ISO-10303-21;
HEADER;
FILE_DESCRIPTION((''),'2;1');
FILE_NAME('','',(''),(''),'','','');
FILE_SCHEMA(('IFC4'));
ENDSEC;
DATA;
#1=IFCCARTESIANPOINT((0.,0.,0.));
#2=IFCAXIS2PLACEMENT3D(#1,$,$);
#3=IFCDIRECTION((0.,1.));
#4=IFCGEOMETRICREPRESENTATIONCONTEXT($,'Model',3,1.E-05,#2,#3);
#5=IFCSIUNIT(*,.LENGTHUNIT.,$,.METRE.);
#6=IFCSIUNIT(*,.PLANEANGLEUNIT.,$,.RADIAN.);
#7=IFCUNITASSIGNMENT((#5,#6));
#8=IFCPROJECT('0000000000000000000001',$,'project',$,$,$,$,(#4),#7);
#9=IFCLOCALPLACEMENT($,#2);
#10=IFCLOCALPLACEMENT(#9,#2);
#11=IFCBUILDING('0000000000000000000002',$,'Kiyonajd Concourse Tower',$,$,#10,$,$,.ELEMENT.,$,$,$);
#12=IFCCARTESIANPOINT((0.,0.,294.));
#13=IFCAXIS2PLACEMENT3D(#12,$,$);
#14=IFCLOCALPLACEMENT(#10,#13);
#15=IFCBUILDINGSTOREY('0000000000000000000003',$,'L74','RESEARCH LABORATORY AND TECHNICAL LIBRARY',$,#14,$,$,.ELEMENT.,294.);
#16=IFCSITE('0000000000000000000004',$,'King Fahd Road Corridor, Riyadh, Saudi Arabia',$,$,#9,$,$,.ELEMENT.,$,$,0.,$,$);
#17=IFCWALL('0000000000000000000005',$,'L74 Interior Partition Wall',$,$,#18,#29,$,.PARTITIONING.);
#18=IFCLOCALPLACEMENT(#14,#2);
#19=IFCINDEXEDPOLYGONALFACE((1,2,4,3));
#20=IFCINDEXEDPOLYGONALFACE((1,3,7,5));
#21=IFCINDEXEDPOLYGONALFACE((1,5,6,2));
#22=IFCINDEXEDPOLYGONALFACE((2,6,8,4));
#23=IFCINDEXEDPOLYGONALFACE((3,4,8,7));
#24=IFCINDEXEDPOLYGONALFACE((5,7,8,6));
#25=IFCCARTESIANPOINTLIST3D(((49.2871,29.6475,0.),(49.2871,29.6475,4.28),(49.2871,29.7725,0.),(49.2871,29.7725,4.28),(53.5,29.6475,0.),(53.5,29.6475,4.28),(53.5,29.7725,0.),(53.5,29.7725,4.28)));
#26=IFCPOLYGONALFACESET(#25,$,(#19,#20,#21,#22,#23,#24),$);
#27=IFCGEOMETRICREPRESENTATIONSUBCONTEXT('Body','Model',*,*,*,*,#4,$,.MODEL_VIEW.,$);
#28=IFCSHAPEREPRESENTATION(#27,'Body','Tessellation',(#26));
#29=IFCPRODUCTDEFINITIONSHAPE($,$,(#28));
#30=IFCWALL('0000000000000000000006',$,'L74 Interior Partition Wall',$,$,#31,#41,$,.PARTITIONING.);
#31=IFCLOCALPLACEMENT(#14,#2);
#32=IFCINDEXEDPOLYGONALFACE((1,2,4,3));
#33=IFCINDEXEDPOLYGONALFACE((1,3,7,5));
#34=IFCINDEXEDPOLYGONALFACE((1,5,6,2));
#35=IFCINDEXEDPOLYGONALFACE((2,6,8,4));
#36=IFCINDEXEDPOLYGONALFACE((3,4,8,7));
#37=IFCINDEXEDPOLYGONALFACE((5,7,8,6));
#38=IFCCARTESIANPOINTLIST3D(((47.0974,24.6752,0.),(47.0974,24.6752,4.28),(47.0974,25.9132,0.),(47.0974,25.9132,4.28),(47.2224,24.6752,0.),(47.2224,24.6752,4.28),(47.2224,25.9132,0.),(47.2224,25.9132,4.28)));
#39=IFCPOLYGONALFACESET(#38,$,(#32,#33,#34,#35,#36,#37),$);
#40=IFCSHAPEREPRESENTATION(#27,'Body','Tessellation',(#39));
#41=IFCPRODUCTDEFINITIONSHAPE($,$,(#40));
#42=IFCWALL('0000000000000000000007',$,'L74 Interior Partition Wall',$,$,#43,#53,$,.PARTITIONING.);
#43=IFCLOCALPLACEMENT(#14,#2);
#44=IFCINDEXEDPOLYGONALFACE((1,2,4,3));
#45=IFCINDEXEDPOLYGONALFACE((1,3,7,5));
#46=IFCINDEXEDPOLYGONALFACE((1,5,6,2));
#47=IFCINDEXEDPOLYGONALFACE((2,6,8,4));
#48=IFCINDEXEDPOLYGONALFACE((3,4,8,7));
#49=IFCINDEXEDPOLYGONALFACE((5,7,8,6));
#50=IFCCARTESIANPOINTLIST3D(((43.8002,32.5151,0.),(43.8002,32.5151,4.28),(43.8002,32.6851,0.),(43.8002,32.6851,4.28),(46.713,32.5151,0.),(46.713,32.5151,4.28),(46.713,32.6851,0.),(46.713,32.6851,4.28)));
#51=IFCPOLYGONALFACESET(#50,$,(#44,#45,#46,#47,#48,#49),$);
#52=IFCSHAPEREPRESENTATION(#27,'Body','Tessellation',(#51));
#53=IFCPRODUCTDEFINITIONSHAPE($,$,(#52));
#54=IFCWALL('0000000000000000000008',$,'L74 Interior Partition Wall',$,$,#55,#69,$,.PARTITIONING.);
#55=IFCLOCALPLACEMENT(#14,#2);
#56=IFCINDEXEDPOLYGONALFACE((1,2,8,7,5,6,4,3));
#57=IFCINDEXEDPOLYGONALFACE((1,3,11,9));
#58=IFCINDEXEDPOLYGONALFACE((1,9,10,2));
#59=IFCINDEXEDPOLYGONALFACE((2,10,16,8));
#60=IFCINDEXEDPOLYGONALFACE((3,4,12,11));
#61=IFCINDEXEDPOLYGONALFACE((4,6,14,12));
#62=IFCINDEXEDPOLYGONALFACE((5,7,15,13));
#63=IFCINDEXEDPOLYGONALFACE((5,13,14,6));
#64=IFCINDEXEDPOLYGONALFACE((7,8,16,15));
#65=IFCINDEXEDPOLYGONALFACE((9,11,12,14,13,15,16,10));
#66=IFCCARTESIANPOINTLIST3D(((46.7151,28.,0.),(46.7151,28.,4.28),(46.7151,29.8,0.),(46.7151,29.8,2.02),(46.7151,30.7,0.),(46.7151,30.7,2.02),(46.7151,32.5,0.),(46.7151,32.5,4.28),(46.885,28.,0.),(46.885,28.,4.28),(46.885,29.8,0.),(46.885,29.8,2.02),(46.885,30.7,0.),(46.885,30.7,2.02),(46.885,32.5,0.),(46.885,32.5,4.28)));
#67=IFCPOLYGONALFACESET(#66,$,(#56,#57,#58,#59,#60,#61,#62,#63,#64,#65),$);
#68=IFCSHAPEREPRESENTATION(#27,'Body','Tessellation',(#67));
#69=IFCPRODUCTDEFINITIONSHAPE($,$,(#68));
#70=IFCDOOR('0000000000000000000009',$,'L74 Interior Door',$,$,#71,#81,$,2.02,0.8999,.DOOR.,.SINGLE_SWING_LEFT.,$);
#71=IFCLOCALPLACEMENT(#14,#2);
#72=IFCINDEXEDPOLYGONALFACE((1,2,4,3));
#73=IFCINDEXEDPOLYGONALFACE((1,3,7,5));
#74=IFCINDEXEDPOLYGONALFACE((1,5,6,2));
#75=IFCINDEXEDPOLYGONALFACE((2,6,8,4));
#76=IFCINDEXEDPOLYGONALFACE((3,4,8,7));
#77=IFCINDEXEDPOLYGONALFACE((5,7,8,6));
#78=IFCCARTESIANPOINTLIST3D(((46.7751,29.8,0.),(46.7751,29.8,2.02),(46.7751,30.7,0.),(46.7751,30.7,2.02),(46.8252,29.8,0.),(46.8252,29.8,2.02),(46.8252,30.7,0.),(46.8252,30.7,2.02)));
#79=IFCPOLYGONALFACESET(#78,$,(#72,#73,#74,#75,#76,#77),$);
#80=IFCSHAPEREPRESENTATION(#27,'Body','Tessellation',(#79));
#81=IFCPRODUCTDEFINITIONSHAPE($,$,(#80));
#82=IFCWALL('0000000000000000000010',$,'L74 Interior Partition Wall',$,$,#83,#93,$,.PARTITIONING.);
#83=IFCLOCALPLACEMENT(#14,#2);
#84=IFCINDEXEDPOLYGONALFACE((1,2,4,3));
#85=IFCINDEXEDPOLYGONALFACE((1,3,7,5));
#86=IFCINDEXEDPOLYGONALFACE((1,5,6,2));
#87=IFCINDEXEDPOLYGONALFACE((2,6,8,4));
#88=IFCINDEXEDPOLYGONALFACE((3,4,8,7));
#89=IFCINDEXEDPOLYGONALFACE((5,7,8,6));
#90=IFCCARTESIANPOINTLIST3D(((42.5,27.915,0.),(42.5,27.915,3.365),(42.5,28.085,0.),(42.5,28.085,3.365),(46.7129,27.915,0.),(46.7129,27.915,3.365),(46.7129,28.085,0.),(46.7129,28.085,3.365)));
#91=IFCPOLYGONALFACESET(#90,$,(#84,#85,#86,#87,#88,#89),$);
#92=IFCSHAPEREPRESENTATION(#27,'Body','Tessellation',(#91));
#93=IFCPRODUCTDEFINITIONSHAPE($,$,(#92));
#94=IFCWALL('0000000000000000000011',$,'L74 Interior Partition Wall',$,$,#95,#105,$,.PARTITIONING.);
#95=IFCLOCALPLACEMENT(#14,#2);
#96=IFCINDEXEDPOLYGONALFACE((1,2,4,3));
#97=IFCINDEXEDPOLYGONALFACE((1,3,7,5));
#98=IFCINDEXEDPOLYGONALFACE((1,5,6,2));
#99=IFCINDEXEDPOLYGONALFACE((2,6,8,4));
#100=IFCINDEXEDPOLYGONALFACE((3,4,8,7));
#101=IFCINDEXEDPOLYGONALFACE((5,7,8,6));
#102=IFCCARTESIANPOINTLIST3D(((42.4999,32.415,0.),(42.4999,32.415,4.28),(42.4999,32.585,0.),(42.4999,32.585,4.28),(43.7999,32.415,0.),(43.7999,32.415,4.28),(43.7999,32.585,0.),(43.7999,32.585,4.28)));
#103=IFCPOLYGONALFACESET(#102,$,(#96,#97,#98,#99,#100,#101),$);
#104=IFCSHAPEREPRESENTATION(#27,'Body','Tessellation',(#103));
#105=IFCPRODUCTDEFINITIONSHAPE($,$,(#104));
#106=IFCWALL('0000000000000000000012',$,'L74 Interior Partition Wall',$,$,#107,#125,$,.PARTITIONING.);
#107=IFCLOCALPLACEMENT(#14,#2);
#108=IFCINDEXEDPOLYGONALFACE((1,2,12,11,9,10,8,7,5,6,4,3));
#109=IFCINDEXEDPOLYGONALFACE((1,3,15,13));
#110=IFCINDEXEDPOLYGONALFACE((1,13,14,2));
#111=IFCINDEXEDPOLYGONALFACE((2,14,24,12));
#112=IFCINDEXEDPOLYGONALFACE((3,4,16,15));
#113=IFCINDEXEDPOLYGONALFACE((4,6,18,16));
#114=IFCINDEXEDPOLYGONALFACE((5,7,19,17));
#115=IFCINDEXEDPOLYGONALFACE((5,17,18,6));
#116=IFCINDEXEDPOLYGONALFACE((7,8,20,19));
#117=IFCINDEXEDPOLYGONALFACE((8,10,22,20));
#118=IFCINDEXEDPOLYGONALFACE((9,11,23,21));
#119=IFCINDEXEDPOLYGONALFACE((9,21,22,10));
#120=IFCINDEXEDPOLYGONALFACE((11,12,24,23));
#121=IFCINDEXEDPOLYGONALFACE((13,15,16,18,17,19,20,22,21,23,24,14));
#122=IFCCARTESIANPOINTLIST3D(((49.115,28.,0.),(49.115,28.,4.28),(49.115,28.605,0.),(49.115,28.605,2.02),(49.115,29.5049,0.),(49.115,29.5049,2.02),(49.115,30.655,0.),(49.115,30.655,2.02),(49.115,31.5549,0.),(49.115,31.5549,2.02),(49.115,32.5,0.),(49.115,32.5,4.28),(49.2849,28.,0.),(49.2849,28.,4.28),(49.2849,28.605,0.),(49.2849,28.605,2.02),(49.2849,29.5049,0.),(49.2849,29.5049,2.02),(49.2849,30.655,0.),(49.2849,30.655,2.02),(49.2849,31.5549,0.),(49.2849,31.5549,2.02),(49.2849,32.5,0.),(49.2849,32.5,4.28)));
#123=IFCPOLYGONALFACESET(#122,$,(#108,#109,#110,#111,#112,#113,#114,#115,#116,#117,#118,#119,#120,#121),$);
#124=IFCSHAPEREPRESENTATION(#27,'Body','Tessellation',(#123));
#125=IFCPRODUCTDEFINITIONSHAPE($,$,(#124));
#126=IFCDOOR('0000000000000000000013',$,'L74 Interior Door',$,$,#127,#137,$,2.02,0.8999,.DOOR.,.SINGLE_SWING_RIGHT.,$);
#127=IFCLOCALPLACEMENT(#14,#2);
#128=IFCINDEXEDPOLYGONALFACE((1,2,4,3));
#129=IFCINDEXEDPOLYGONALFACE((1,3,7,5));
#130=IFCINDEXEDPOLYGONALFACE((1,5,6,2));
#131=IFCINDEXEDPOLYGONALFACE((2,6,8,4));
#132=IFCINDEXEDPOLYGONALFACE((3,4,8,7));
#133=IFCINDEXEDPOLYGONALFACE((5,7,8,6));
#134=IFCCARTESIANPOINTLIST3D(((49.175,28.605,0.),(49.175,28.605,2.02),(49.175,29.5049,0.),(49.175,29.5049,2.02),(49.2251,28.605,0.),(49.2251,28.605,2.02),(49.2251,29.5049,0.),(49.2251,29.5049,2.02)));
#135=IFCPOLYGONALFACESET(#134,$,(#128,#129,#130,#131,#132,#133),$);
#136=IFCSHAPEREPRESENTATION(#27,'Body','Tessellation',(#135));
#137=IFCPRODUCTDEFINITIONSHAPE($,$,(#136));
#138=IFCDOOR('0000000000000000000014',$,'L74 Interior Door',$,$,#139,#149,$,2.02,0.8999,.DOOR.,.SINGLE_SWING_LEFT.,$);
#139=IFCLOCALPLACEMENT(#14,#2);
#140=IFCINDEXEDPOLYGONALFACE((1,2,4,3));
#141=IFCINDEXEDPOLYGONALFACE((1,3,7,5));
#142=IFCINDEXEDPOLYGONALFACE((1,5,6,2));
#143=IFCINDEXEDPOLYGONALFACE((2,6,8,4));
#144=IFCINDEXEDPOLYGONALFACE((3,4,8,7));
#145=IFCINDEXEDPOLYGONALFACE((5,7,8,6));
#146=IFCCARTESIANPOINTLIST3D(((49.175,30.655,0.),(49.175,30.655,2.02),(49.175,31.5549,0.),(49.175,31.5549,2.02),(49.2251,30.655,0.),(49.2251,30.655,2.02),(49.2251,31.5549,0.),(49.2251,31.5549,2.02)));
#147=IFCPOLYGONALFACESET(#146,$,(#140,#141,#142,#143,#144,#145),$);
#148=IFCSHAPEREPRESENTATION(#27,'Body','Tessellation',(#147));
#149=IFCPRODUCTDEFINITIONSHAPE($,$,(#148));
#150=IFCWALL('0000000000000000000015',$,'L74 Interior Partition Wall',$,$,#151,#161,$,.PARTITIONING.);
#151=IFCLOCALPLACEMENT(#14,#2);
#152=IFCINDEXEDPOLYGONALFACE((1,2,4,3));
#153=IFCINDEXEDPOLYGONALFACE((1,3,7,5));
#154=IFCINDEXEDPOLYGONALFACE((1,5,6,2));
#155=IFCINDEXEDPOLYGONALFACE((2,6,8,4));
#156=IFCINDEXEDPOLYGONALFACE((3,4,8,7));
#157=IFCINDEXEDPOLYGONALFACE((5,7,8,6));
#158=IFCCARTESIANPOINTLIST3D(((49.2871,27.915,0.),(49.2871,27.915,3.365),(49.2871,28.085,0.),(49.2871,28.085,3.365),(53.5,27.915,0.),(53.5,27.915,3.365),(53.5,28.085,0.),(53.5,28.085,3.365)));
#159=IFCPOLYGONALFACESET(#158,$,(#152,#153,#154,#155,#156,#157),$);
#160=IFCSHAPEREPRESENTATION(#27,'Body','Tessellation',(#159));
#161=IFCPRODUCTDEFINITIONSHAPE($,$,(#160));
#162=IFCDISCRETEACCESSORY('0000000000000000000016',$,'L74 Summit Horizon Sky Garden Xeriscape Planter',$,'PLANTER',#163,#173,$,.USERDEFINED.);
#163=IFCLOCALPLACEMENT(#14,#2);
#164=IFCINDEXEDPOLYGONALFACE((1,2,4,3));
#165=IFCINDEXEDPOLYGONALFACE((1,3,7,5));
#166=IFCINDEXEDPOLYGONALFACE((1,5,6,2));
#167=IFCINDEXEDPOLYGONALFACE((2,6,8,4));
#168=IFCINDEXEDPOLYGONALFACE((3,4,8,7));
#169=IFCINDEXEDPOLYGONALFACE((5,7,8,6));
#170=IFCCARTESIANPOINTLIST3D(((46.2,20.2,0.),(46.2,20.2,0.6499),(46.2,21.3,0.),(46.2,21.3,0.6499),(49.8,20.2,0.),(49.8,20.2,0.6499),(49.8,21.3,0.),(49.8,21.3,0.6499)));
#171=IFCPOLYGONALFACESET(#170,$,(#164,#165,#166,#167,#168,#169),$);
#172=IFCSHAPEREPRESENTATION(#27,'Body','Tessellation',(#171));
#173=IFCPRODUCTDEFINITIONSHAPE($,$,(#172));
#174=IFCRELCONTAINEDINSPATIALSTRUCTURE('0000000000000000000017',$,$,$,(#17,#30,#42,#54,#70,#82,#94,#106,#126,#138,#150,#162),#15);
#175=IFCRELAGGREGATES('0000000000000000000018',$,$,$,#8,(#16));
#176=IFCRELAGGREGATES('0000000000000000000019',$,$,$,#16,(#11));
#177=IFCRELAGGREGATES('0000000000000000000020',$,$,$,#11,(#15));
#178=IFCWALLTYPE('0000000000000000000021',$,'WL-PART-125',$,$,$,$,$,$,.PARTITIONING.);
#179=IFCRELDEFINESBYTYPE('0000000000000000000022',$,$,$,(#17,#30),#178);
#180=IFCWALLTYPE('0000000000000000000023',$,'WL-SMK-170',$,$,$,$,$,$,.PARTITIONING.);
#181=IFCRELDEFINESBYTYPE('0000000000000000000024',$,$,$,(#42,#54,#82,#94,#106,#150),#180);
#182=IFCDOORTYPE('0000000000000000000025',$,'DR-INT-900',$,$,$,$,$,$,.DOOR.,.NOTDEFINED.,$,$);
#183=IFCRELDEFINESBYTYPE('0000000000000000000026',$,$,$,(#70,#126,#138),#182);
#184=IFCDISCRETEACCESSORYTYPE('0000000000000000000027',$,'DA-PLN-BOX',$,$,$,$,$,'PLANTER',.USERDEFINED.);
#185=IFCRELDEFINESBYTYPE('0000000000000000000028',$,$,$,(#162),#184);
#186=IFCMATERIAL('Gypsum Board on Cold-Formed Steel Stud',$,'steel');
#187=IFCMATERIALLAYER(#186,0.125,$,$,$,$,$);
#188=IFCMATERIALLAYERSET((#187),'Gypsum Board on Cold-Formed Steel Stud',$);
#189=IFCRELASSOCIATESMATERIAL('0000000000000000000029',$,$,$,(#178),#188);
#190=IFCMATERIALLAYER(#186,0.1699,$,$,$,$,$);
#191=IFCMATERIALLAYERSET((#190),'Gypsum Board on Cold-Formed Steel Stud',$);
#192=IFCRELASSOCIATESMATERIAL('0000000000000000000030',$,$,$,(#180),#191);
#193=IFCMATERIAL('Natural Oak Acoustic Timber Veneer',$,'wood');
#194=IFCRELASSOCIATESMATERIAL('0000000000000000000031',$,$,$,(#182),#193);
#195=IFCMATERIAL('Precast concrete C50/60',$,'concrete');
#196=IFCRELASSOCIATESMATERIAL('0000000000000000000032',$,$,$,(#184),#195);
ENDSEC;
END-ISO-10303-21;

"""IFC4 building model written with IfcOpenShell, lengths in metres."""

from ifc_helpers import new_model, si_unit, direction, frame, frame_2d, origin, origin_2d, place, context, subcontext, project, spatial, rectangle, extrude, material, layer, layer_set, type_object, element, fill, save


model = new_model("IFC4")

# Units and contexts
model_context = context("Model", 3, precision=1e-05, world=origin(), true_north=direction((0.0, 1.0)))
body_context = subcontext(model_context, "Body", "Model", "MODEL_VIEW")
ifc_project = project(units=[si_unit("LENGTHUNIT", "METRE"), si_unit("PLANEANGLEUNIT", "RADIAN")], contexts=[model_context])

# Site, building, storey
site_placement = place(None, origin())
site = spatial("IfcSite", under=ifc_project, at=site_placement, Name="King Fahd Road Corridor, Riyadh, Saudi Arabia", CompositionType="ELEMENT", RefElevation=0.0)
building_placement = place(site_placement, origin())
building = spatial("IfcBuilding", under=site, at=building_placement, Name="Kiyonajd Concourse Tower", CompositionType="ELEMENT")
storey_placement = place(building_placement, frame((0.0, 0.0, 294.0)))
storey = spatial("IfcBuildingStorey", under=building, at=storey_placement, Name="L74", Description="RESEARCH LABORATORY AND TECHNICAL LIBRARY", CompositionType="ELEMENT", Elevation=294.0)

# Walls
ifc_material_1 = material(Name="Precast concrete C50/60", Category="concrete")
ifc_material_2 = material(Name="Gypsum Board on Cold-Formed Steel Stud", Category="steel")
ifc_layer_1 = layer(ifc_material_2, 0.125)
ifc_layer_set_1 = layer_set([ifc_layer_1], Name="Gypsum Board on Cold-Formed Steel Stud")
wall_type_1 = type_object("IfcWallType", Name="WL-PART-125", PredefinedType="PARTITIONING", material=ifc_layer_set_1)
wall_1_placement = place(storey_placement, frame((49.2871, 29.71, 0.0), z_axis=(0.0, 0.0, 1.0), x_axis=(1.0, 0.0, 0.0)))
element("IfcWall", 1, at=wall_1_placement, inside=storey, type_object=wall_type_1, Name="L74 Interior Partition Wall", PredefinedType="PARTITIONING", context=body_context, shape_type="SweptSolid", body=[
    extrude(rectangle(XDim=4.2129, YDim=0.125, at=frame_2d((2.1064, 0.0))), origin(), (0.0, 0.0, 1.0), 4.28),
])
wall_2_placement = place(storey_placement, frame((47.1599, 24.675, 0.0), z_axis=(0.0, 0.0, 1.0), x_axis=(0.0, 1.0, 0.0)))
element("IfcWall", 2, at=wall_2_placement, inside=storey, type_object=wall_type_1, Name="L74 Interior Partition Wall", PredefinedType="PARTITIONING", context=body_context, shape_type="SweptSolid", body=[
    extrude(rectangle(XDim=1.238, YDim=0.125, at=frame_2d((0.6191, 0.0))), origin(), (0.0, 0.0, 1.0), 4.28),
])
ifc_layer_2 = layer(ifc_material_2, 0.1699)
ifc_layer_set_2 = layer_set([ifc_layer_2], Name="Gypsum Board on Cold-Formed Steel Stud")
wall_type_2 = type_object("IfcWallType", Name="WL-SMK-170", PredefinedType="PARTITIONING", material=ifc_layer_set_2)
wall_3_placement = place(storey_placement, frame((43.8, 32.6001, 0.0), z_axis=(0.0, 0.0, 1.0), x_axis=(1.0, 0.0, 0.0)))
element("IfcWall", 3, at=wall_3_placement, inside=storey, type_object=wall_type_2, Name="L74 Interior Partition Wall", PredefinedType="PARTITIONING", context=body_context, shape_type="SweptSolid", body=[
    extrude(rectangle(XDim=2.9128, YDim=0.1699, at=frame_2d((1.4565, 0.0))), origin(), (0.0, 0.0, 1.0), 4.28),
])

# Wall, opening, door
wall_4_placement = place(storey_placement, frame((46.8, 28.0, 0.0), z_axis=(0.0, 0.0, 1.0), x_axis=(0.0, 1.0, 0.0)))
wall_4 = element("IfcWall", 4, at=wall_4_placement, inside=storey, type_object=wall_type_2, Name="L74 Interior Partition Wall", PredefinedType="PARTITIONING", context=body_context, shape_type="SweptSolid", body=[
    extrude(rectangle(XDim=4.5, YDim=0.1699, at=frame_2d((2.25, 0.0))), origin(), (0.0, 0.0, 1.0), 4.28),
])
opening_1_placement = place(wall_4_placement, frame((1.8, 0.0, 0.0)))
opening_1 = element("IfcOpeningElement", 5, at=opening_1_placement, cuts=wall_4, PredefinedType="OPENING", context=body_context, shape_type="SweptSolid", body=[
    extrude(rectangle(XDim=0.8999, YDim=2.02, at=frame_2d((0.45, 1.01))), frame((0.0, 0.095, 0.0), z_axis=(0.0, -1.0, 0.0), x_axis=(1.0, 0.0, 0.0)), (0.0, 0.0, 1.0), 0.1899),
])
ifc_material_3 = material(Name="Natural Oak Acoustic Timber Veneer", Category="wood")
door_type = type_object("IfcDoorType", Name="DR-INT-900", OperationType="NOTDEFINED", PredefinedType="DOOR", material=ifc_material_3)
door_1_placement = place(opening_1_placement, origin())
door_1 = element("IfcDoor", 6, at=door_1_placement, inside=storey, type_object=door_type, Name="L74 Interior Door", OperationType="SINGLE_SWING_LEFT", OverallHeight=2.02, OverallWidth=0.8999, PredefinedType="DOOR", context=body_context, shape_type="SweptSolid", body=[
    extrude(rectangle(XDim=0.8999, YDim=2.02, at=frame_2d((0.45, 1.01))), frame((0.0, 0.0249, 0.0), z_axis=(0.0, -1.0, 0.0), x_axis=(1.0, 0.0, 0.0)), (0.0, 0.0, 1.0), 0.05),
])
fill(opening_1, door_1)

# Walls
wall_5_placement = place(storey_placement, frame((42.5, 28.0, 0.0), z_axis=(0.0, 0.0, 1.0), x_axis=(1.0, 0.0, 0.0)))
element("IfcWall", 7, at=wall_5_placement, inside=storey, type_object=wall_type_2, Name="L74 Interior Partition Wall", PredefinedType="PARTITIONING", context=body_context, shape_type="SweptSolid", body=[
    extrude(rectangle(XDim=4.2129, YDim=0.1699, at=frame_2d((2.1064, 0.0))), origin(), (0.0, 0.0, 1.0), 3.365),
])
wall_6_placement = place(storey_placement, frame((42.5, 32.5, 0.0), z_axis=(0.0, 0.0, 1.0), x_axis=(1.0, 0.0, 0.0)))
element("IfcWall", 8, at=wall_6_placement, inside=storey, type_object=wall_type_2, Name="L74 Interior Partition Wall", PredefinedType="PARTITIONING", context=body_context, shape_type="SweptSolid", body=[
    extrude(rectangle(XDim=1.3, YDim=0.1699, at=frame_2d((0.6499, 0.0))), origin(), (0.0, 0.0, 1.0), 4.28),
])

# Wall, openings, doors
wall_7_placement = place(storey_placement, frame((49.2, 28.0, 0.0), z_axis=(0.0, 0.0, 1.0), x_axis=(0.0, 1.0, 0.0)))
wall_7 = element("IfcWall", 9, at=wall_7_placement, inside=storey, type_object=wall_type_2, Name="L74 Interior Partition Wall", PredefinedType="PARTITIONING", context=body_context, shape_type="SweptSolid", body=[
    extrude(rectangle(XDim=4.5, YDim=0.1699, at=frame_2d((2.25, 0.0))), origin(), (0.0, 0.0, 1.0), 4.28),
])
opening_2_placement = place(wall_7_placement, frame((0.605, 0.0, 0.0)))
opening_2 = element("IfcOpeningElement", 10, at=opening_2_placement, cuts=wall_7, PredefinedType="OPENING", context=body_context, shape_type="SweptSolid", body=[
    extrude(rectangle(XDim=0.8999, YDim=2.02, at=frame_2d((0.45, 1.01))), frame((0.0, 0.095, 0.0), z_axis=(0.0, -1.0, 0.0), x_axis=(1.0, 0.0, 0.0)), (0.0, 0.0, 1.0), 0.1899),
])
opening_3_placement = place(wall_7_placement, frame((2.655, 0.0, 0.0)))
opening_3 = element("IfcOpeningElement", 11, at=opening_3_placement, cuts=wall_7, PredefinedType="OPENING", context=body_context, shape_type="SweptSolid", body=[
    extrude(rectangle(XDim=0.8999, YDim=2.02, at=frame_2d((0.45, 1.01))), frame((0.0, 0.095, 0.0), z_axis=(0.0, -1.0, 0.0), x_axis=(1.0, 0.0, 0.0)), (0.0, 0.0, 1.0), 0.1899),
])
door_2_placement = place(opening_2_placement, origin())
door_2 = element("IfcDoor", 12, at=door_2_placement, inside=storey, type_object=door_type, Name="L74 Interior Door", OperationType="SINGLE_SWING_RIGHT", OverallHeight=2.02, OverallWidth=0.8999, PredefinedType="DOOR", context=body_context, shape_type="SweptSolid", body=[
    extrude(rectangle(XDim=0.8999, YDim=2.02, at=frame_2d((0.45, 1.01))), frame((0.0, 0.0249, 0.0), z_axis=(0.0, -1.0, 0.0), x_axis=(1.0, 0.0, 0.0)), (0.0, 0.0, 1.0), 0.05),
])
fill(opening_2, door_2)
door_3_placement = place(opening_3_placement, origin())
door_3 = element("IfcDoor", 13, at=door_3_placement, inside=storey, type_object=door_type, Name="L74 Interior Door", OperationType="SINGLE_SWING_LEFT", OverallHeight=2.02, OverallWidth=0.8999, PredefinedType="DOOR", context=body_context, shape_type="SweptSolid", body=[
    extrude(rectangle(XDim=0.8999, YDim=2.02, at=frame_2d((0.45, 1.01))), frame((0.0, 0.0249, 0.0), z_axis=(0.0, -1.0, 0.0), x_axis=(1.0, 0.0, 0.0)), (0.0, 0.0, 1.0), 0.05),
])
fill(opening_3, door_3)

# Wall
wall_8_placement = place(storey_placement, frame((49.2871, 28.0, 0.0), z_axis=(0.0, 0.0, 1.0), x_axis=(1.0, 0.0, 0.0)))
element("IfcWall", 14, at=wall_8_placement, inside=storey, type_object=wall_type_2, Name="L74 Interior Partition Wall", PredefinedType="PARTITIONING", context=body_context, shape_type="SweptSolid", body=[
    extrude(rectangle(XDim=4.2129, YDim=0.1699, at=frame_2d((2.1064, 0.0))), origin(), (0.0, 0.0, 1.0), 3.365),
])

# Discrete accessory
discrete_accessory_type = type_object("IfcDiscreteAccessoryType", Name="DA-PLN-BOX", ElementType="PLANTER", PredefinedType="USERDEFINED", material=ifc_material_1)
discrete_accessory_placement = place(storey_placement, frame((48.0, 20.75, 0.0), z_axis=(0.0, 0.0, 1.0), x_axis=(1.0, 0.0, 0.0)))
element("IfcDiscreteAccessory", 15, at=discrete_accessory_placement, inside=storey, type_object=discrete_accessory_type, Name="L74 Summit Horizon Sky Garden Xeriscape Planter", ObjectType="PLANTER", PredefinedType="USERDEFINED", context=body_context, shape_type="SweptSolid", body=[
    extrude(rectangle(XDim=3.6001, YDim=1.1001, at=origin_2d()), origin(), (0.0, 0.0, 1.0), 0.6499),
])

save(model, "model.ifc")
